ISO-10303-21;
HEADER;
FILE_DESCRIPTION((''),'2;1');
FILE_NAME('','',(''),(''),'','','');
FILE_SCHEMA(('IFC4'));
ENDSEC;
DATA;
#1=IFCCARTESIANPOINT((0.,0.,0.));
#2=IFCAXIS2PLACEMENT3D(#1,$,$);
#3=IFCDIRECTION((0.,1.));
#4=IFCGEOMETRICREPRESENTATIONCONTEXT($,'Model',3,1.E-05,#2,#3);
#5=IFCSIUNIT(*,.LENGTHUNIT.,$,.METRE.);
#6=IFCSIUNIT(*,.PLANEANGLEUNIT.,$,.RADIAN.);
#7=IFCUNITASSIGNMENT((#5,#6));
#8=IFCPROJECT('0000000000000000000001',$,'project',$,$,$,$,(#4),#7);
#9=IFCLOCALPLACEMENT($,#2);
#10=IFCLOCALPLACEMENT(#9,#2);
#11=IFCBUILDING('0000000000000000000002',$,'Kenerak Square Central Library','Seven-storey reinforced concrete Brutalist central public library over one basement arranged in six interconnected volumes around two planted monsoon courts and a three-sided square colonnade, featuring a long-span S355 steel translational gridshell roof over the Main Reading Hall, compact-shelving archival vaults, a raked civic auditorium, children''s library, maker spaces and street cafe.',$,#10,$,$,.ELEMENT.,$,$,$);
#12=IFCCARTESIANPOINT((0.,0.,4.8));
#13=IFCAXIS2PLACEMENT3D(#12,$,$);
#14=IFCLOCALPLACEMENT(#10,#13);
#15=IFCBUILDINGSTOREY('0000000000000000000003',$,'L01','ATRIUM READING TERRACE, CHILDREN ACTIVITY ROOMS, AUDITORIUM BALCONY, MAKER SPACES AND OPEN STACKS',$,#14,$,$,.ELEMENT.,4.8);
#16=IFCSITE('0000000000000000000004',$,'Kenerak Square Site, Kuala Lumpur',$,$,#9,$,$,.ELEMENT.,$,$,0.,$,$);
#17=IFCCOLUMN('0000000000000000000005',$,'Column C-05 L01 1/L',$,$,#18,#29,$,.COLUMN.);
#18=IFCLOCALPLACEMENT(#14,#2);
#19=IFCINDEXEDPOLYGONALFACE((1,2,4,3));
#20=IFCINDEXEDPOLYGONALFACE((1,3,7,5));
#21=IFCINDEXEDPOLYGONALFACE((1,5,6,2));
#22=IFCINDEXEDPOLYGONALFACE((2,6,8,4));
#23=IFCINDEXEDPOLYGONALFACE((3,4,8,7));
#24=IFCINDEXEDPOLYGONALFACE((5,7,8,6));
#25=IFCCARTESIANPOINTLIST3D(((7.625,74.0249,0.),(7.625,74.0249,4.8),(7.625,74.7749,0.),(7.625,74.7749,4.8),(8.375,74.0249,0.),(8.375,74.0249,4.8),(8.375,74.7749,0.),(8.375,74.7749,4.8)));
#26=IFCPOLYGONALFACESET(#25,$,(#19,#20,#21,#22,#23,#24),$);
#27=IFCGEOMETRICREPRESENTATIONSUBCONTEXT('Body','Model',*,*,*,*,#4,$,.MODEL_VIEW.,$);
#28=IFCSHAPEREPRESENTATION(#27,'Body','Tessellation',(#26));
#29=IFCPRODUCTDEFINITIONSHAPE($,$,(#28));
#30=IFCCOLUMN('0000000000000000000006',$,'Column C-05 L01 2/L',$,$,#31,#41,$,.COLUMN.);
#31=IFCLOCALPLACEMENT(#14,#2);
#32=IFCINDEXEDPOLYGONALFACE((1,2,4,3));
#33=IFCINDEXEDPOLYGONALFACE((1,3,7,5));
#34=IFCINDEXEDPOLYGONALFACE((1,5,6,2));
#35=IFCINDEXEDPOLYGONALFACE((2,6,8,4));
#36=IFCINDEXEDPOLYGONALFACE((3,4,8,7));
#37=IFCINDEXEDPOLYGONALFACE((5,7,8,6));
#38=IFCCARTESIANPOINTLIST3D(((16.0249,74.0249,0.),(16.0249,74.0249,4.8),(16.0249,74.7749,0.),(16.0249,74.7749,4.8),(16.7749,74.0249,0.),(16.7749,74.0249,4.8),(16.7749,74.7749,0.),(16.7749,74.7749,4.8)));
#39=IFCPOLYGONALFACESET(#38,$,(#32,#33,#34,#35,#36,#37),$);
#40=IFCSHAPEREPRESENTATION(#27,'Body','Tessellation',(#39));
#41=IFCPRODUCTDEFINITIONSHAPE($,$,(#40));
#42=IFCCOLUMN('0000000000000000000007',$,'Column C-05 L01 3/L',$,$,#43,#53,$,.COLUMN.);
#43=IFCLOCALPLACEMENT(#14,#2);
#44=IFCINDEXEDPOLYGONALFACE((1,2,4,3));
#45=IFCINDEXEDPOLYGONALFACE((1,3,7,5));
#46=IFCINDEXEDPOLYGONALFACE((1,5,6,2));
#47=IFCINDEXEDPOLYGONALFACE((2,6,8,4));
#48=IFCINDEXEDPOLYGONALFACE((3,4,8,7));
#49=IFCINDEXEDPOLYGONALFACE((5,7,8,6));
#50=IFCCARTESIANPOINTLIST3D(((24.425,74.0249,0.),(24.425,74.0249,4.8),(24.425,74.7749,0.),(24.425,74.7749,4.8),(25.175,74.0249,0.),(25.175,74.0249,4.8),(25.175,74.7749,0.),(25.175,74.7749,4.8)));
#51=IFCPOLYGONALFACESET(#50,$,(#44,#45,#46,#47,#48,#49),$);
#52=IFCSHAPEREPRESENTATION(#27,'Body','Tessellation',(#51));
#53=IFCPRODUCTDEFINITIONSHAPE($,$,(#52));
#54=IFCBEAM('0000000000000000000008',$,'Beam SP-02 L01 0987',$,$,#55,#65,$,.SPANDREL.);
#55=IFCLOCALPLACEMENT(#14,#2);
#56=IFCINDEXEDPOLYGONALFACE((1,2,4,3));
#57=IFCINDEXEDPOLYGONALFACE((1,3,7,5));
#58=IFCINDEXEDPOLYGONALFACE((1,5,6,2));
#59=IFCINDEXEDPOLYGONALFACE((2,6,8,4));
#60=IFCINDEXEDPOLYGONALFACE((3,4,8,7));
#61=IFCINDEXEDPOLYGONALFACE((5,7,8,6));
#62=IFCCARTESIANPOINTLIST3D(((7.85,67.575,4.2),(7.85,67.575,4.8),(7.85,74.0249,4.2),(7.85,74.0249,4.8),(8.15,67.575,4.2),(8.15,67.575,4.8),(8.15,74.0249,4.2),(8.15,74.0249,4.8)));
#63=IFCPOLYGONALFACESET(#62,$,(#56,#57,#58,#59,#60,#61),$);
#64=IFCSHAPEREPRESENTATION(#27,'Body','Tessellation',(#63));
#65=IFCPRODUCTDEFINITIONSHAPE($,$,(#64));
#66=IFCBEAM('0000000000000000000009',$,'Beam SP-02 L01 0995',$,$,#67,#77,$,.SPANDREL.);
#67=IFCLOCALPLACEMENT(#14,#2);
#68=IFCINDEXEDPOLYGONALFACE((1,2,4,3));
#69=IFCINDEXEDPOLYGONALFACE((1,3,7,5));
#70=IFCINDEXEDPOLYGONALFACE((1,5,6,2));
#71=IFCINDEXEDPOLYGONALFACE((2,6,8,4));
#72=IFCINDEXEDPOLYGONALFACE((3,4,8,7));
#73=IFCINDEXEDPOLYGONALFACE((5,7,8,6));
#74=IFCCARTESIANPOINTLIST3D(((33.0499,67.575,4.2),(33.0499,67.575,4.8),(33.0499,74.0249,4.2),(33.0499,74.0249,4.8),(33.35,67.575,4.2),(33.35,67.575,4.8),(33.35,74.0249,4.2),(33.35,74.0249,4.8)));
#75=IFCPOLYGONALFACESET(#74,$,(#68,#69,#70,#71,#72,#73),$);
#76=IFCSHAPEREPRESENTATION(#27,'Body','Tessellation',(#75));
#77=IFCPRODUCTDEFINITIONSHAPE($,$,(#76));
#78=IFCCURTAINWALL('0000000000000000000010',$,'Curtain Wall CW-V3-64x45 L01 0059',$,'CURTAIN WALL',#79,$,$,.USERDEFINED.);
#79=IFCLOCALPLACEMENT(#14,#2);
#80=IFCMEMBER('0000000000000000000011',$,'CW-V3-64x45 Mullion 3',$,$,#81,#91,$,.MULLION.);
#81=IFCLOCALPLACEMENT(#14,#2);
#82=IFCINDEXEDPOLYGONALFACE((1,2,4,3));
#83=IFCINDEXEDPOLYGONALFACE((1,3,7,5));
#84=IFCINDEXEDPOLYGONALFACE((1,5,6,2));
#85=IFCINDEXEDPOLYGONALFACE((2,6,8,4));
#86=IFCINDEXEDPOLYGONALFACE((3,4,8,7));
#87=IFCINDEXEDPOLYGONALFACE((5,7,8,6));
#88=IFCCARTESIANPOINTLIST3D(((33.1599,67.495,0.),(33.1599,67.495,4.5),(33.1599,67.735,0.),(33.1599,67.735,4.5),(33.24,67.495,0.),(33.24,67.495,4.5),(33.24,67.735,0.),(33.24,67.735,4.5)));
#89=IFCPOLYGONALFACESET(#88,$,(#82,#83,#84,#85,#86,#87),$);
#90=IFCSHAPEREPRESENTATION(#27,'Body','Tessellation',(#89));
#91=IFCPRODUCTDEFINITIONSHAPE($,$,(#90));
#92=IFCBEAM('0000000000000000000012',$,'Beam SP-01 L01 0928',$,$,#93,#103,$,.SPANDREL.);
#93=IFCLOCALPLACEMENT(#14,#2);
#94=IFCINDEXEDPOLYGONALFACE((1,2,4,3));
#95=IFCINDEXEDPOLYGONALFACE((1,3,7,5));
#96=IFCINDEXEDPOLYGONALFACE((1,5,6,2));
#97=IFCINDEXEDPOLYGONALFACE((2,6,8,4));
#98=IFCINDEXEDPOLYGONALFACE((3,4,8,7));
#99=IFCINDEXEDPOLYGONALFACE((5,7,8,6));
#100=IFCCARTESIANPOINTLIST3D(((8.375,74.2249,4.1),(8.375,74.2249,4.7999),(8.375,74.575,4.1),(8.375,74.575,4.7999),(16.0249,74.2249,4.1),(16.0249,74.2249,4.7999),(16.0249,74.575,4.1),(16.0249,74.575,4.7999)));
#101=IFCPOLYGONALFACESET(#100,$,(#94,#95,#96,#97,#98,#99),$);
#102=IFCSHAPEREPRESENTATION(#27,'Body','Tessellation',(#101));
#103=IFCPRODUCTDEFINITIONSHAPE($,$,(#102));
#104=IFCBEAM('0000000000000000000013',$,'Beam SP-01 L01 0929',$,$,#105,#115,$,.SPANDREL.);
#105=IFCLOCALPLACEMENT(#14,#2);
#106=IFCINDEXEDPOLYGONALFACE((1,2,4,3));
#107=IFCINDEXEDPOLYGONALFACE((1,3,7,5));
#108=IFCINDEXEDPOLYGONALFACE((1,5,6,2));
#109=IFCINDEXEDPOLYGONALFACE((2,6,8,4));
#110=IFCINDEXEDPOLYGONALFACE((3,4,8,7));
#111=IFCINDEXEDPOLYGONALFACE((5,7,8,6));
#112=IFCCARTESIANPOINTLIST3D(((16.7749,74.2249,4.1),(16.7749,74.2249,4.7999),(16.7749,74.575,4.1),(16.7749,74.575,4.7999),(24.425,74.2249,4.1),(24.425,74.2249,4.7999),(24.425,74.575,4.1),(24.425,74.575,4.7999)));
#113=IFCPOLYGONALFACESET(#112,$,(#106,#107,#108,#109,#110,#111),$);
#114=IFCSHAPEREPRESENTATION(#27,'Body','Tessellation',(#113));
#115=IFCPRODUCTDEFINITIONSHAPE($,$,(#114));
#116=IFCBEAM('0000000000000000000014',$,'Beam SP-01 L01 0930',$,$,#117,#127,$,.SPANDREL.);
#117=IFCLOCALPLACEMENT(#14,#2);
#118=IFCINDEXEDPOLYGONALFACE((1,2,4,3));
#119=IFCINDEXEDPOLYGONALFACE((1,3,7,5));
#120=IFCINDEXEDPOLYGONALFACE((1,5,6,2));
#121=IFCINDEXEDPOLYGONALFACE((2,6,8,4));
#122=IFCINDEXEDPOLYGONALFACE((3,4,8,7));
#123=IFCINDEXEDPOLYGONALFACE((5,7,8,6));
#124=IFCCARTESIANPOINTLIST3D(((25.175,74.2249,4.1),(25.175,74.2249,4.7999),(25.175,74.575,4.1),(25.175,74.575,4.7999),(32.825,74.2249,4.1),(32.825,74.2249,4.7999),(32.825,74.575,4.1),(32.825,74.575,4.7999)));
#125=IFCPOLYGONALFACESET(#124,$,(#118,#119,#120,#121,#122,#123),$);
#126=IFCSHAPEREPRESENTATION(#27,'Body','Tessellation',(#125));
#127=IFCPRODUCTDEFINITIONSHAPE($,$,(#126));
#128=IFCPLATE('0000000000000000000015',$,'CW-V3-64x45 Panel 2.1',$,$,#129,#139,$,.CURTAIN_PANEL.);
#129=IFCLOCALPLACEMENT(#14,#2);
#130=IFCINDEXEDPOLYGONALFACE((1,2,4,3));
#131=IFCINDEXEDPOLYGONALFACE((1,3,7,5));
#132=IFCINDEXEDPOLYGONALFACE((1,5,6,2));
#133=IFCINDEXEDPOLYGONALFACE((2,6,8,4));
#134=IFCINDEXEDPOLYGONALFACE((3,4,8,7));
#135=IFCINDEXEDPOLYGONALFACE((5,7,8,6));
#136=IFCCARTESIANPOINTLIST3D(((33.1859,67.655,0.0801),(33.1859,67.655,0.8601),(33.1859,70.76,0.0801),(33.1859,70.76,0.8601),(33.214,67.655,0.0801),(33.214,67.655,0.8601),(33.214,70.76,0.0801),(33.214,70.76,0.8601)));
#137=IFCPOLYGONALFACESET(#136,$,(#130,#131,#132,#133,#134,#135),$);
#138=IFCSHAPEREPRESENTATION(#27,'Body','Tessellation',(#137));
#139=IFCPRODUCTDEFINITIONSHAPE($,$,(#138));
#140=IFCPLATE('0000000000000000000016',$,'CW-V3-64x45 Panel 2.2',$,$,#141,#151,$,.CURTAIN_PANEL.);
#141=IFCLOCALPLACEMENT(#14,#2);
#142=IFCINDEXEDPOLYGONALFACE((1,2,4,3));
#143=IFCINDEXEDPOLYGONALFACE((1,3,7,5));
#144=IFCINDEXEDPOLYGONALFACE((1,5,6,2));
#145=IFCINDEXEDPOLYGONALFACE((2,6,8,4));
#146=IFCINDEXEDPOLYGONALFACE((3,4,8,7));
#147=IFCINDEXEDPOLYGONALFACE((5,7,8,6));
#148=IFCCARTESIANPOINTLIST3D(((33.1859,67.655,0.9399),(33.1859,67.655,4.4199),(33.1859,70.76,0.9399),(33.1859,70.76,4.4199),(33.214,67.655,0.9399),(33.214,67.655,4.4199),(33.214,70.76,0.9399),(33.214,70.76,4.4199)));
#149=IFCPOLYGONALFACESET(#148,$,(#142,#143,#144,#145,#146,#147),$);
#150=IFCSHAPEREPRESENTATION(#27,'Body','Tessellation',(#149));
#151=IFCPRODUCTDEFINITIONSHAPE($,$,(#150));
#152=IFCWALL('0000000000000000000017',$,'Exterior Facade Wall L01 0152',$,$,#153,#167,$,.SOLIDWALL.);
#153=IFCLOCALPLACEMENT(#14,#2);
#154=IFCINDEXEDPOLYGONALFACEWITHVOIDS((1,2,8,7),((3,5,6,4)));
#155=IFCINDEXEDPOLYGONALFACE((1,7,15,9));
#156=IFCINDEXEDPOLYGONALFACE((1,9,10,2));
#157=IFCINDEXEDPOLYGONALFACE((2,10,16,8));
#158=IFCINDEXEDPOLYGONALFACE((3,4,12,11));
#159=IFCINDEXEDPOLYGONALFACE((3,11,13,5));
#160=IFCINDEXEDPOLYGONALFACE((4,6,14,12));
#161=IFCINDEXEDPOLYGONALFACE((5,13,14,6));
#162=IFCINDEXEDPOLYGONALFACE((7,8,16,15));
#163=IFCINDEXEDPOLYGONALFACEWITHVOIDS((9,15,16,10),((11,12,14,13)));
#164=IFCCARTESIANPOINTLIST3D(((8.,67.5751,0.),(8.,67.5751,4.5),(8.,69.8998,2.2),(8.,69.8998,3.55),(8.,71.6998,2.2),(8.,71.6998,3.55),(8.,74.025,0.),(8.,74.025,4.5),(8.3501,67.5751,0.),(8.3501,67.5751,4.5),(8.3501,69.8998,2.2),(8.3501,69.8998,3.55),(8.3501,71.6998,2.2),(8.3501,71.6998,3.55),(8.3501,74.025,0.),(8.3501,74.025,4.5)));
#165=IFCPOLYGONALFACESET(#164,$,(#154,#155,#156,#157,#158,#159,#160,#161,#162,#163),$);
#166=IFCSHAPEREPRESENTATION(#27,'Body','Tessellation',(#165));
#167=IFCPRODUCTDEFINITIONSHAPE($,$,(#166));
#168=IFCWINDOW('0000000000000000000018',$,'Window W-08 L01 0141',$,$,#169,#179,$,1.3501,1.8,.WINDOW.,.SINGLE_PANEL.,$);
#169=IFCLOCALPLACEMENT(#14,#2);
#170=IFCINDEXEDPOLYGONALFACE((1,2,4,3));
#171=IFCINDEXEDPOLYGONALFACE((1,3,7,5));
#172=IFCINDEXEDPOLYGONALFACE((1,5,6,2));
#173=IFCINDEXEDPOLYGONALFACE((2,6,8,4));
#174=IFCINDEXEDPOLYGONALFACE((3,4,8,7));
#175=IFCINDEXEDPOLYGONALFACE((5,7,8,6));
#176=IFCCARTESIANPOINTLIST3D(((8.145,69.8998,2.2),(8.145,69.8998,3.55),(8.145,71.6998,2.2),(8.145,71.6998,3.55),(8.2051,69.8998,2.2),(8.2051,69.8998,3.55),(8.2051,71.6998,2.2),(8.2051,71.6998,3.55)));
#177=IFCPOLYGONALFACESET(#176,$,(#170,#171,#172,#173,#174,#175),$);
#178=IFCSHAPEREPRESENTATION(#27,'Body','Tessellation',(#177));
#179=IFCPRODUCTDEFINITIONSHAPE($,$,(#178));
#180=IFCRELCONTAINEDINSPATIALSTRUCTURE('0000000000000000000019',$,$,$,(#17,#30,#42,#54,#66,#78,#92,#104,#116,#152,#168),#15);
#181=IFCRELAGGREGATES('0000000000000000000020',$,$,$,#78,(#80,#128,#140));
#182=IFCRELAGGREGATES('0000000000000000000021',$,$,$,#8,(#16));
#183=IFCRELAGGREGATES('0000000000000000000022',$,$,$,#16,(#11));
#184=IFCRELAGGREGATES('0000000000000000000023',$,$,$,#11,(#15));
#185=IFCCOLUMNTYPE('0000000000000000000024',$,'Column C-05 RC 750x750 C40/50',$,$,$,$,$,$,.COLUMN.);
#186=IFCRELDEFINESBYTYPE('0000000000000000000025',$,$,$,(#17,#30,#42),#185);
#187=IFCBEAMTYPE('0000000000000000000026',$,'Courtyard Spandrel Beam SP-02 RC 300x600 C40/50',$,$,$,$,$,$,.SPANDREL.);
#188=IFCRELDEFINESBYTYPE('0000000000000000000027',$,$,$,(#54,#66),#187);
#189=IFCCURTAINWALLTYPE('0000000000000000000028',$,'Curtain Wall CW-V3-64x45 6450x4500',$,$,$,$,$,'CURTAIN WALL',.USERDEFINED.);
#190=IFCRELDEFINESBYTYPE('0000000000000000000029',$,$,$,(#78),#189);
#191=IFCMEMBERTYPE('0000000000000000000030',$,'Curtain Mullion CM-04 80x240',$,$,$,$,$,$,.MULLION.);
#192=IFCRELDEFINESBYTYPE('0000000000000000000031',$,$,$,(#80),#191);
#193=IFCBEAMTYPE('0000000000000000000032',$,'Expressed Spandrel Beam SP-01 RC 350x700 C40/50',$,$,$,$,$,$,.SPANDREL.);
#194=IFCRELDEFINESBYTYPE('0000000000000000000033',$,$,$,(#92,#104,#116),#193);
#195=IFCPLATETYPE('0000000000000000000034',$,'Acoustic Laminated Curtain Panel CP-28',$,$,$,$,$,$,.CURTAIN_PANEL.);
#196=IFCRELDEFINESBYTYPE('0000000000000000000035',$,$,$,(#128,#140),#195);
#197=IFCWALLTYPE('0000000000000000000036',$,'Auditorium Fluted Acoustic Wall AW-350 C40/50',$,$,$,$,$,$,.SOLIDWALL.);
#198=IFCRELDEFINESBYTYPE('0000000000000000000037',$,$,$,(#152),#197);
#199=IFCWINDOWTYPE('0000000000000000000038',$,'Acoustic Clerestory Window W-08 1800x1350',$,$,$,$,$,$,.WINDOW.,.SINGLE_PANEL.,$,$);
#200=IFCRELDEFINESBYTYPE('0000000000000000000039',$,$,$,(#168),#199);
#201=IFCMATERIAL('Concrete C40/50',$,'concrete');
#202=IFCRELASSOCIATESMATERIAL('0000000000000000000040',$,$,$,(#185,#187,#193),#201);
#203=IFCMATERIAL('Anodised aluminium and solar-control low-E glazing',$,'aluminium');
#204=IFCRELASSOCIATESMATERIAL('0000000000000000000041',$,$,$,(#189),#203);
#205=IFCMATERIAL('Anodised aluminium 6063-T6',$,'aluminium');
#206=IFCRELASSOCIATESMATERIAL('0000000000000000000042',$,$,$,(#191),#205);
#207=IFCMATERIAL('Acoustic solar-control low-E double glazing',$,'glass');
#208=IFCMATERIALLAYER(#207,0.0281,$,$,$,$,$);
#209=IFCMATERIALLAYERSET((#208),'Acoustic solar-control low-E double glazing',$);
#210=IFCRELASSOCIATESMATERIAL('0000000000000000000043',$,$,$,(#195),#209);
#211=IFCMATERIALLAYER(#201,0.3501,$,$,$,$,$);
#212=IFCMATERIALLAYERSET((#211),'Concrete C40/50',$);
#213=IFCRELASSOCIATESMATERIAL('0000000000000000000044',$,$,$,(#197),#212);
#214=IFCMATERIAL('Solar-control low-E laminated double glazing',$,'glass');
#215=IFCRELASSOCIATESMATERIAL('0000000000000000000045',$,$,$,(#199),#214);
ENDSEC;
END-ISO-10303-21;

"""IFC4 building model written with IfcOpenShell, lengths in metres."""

from ifc_helpers import new_model, si_unit, direction, frame, frame_2d, origin, origin_2d, place, context, subcontext, project, spatial, rectangle, extrude, material, layer, layer_set, material_profile, profile_set, type_object, element, fill, aggregate, save


model = new_model("IFC4")

# Units and contexts
model_context = context("Model", 3, precision=1e-05, world=origin(), true_north=direction((0.0, 1.0)))
body_context = subcontext(model_context, "Body", "Model", "MODEL_VIEW")
ifc_project = project(units=[si_unit("LENGTHUNIT", "METRE"), si_unit("PLANEANGLEUNIT", "RADIAN")], contexts=[model_context])

# Site, building, storey
site_placement = place(None, origin())
site = spatial("IfcSite", under=ifc_project, at=site_placement, Name="Kenerak Square Site, Kuala Lumpur", CompositionType="ELEMENT", RefElevation=0.0)
building_placement = place(site_placement, origin())
building = spatial("IfcBuilding", under=site, at=building_placement, Name="Kenerak Square Central Library", Description="Seven-storey reinforced concrete Brutalist central public library over one basement arranged in six interconnected volumes around two planted monsoon courts and a three-sided square colonnade, featuring a long-span S355 steel translational gridshell roof over the Main Reading Hall, compact-shelving archival vaults, a raked civic auditorium, children's library, maker spaces and street cafe.", CompositionType="ELEMENT")
storey_placement = place(building_placement, frame((0.0, 0.0, 4.8)))
storey = spatial("IfcBuildingStorey", under=building, at=storey_placement, Name="L01", Description="ATRIUM READING TERRACE, CHILDREN ACTIVITY ROOMS, AUDITORIUM BALCONY, MAKER SPACES AND OPEN STACKS", CompositionType="ELEMENT", Elevation=4.8)

# Columns
ifc_material_1 = material(Name="Concrete C40/50", Category="concrete")
ifc_material_profile_1 = material_profile(ifc_material_1, rectangle(XDim=0.75, YDim=0.75, at=origin_2d()), Name="RC 750x750")
ifc_profile_set_1 = profile_set([ifc_material_profile_1], Name="Concrete C40/50")
column_type = type_object("IfcColumnType", Name="Column C-05 RC 750x750 C40/50", PredefinedType="COLUMN", material=ifc_profile_set_1)
for number, where, z_axis, x_axis, name in (
    (1, (8.0, 74.3999, 0.0), (0.0, 0.0, 1.0), (1.0, 0.0, 0.0), "Column C-05 L01 1/L"),
    (2, (16.3999, 74.3999, 0.0), (0.0, 0.0, 1.0), (1.0, 0.0, 0.0), "Column C-05 L01 2/L"),
    (3, (24.8, 74.3999, 0.0), (0.0, 0.0, 1.0), (1.0, 0.0, 0.0), "Column C-05 L01 3/L"),
):
    element("IfcColumn", number, at=place(storey_placement, frame(where, z_axis=z_axis, x_axis=x_axis)), inside=storey, type_object=column_type, Name=name, PredefinedType="COLUMN", context=body_context, shape_type="SweptSolid", body=[
        extrude(rectangle(XDim=0.75, YDim=0.75, at=origin_2d()), origin(), (0.0, 0.0, 1.0), 4.8),
    ])

# Beams
ifc_material_profile_2 = material_profile(ifc_material_1, rectangle(XDim=0.3, YDim=0.6001, at=origin_2d()), Name="RC 300x600")
ifc_profile_set_2 = profile_set([ifc_material_profile_2], Name="Concrete C40/50")
beam_type_1 = type_object("IfcBeamType", Name="Courtyard Spandrel Beam SP-02 RC 300x600 C40/50", PredefinedType="SPANDREL", material=ifc_profile_set_2)
for number, where, z_axis, x_axis, name in (
    (4, (8.0, 67.575, 4.5), (0.0, 1.0, 0.0), (-1.0, 0.0, 0.0), "Beam SP-02 L01 0987"),
    (5, (33.2, 67.575, 4.5), (0.0, 1.0, 0.0), (-1.0, 0.0, 0.0), "Beam SP-02 L01 0995"),
):
    element("IfcBeam", number, at=place(storey_placement, frame(where, z_axis=z_axis, x_axis=x_axis)), inside=storey, type_object=beam_type_1, Name=name, PredefinedType="SPANDREL", context=body_context, shape_type="SweptSolid", body=[
        extrude(rectangle(XDim=0.3, YDim=0.6001, at=origin_2d()), origin(), (0.0, 0.0, 1.0), 6.45),
    ])

# Curtain wall, member
ifc_material_2 = material(Name="Anodised aluminium and solar-control low-E glazing", Category="aluminium")
curtain_wall_type = type_object("IfcCurtainWallType", Name="Curtain Wall CW-V3-64x45 6450x4500", ElementType="CURTAIN WALL", PredefinedType="USERDEFINED", material=ifc_material_2)
curtain_wall_placement = place(storey_placement, origin())
curtain_wall = element("IfcCurtainWall", 6, at=curtain_wall_placement, inside=storey, type_object=curtain_wall_type, Name="Curtain Wall CW-V3-64x45 L01 0059", ObjectType="CURTAIN WALL", PredefinedType="USERDEFINED")
ifc_material_3 = material(Name="Anodised aluminium 6063-T6", Category="aluminium")
ifc_material_profile_3 = material_profile(ifc_material_3, rectangle(XDim=0.0801, YDim=0.24, at=origin_2d()), Name="AL MULLION 80x240")
ifc_profile_set_3 = profile_set([ifc_material_profile_3], Name="Anodised aluminium 6063-T6")
member_type = type_object("IfcMemberType", Name="Curtain Mullion CM-04 80x240", PredefinedType="MULLION", material=ifc_profile_set_3)
member_placement = place(storey_placement, frame((33.2, 67.615, 0.0), z_axis=(0.0, 0.0, 1.0), x_axis=(1.0, 0.0, 0.0)))
member = element("IfcMember", 7, at=member_placement, type_object=member_type, Name="CW-V3-64x45 Mullion 3", PredefinedType="MULLION", context=body_context, shape_type="SweptSolid", body=[
    extrude(rectangle(XDim=0.0801, YDim=0.24, at=origin_2d()), origin(), (0.0, 0.0, 1.0), 4.5),
])

# Beams
ifc_material_profile_4 = material_profile(ifc_material_1, rectangle(XDim=0.3501, YDim=0.7, at=origin_2d()), Name="RC 350x700")
ifc_profile_set_4 = profile_set([ifc_material_profile_4], Name="Concrete C40/50")
beam_type_2 = type_object("IfcBeamType", Name="Expressed Spandrel Beam SP-01 RC 350x700 C40/50", PredefinedType="SPANDREL", material=ifc_profile_set_4)
beam_1_placement = place(storey_placement, frame((8.375, 74.3999, 4.45), z_axis=(1.0, 0.0, 0.0), x_axis=(0.0, 1.0, 0.0)))
element("IfcBeam", 8, at=beam_1_placement, inside=storey, type_object=beam_type_2, Name="Beam SP-01 L01 0928", PredefinedType="SPANDREL", context=body_context, shape_type="SweptSolid", body=[
    extrude(rectangle(XDim=0.3501, YDim=0.7, at=origin_2d()), origin(), (0.0, 0.0, 1.0), 7.6499),
])
beam_2_placement = place(storey_placement, frame((16.7749, 74.3999, 4.45), z_axis=(1.0, 0.0, 0.0), x_axis=(0.0, 1.0, 0.0)))
element("IfcBeam", 9, at=beam_2_placement, inside=storey, type_object=beam_type_2, Name="Beam SP-01 L01 0929", PredefinedType="SPANDREL", context=body_context, shape_type="SweptSolid", body=[
    extrude(rectangle(XDim=0.3501, YDim=0.7, at=origin_2d()), origin(), (0.0, 0.0, 1.0), 7.6501),
])
beam_3_placement = place(storey_placement, frame((25.175, 74.3999, 4.45), z_axis=(1.0, 0.0, 0.0), x_axis=(0.0, 1.0, 0.0)))
element("IfcBeam", 10, at=beam_3_placement, inside=storey, type_object=beam_type_2, Name="Beam SP-01 L01 0930", PredefinedType="SPANDREL", context=body_context, shape_type="SweptSolid", body=[
    extrude(rectangle(XDim=0.3501, YDim=0.7, at=origin_2d()), origin(), (0.0, 0.0, 1.0), 7.6499),
])

# Plates
ifc_material_4 = material(Name="Acoustic solar-control low-E double glazing", Category="glass")
ifc_layer_1 = layer(ifc_material_4, 0.0281)
ifc_layer_set_1 = layer_set([ifc_layer_1], Name="Acoustic solar-control low-E double glazing")
plate_type = type_object("IfcPlateType", Name="Acoustic Laminated Curtain Panel CP-28", PredefinedType="CURTAIN_PANEL", material=ifc_layer_set_1)
plate_1_placement = place(storey_placement, frame((33.2, 69.2075, 0.0801), z_axis=(0.0, 0.0, 1.0), x_axis=(0.0, -1.0, 0.0)))
plate_1 = element("IfcPlate", 11, at=plate_1_placement, type_object=plate_type, Name="CW-V3-64x45 Panel 2.1", PredefinedType="CURTAIN_PANEL", context=body_context, shape_type="SweptSolid", body=[
    extrude(rectangle(XDim=3.105, YDim=0.0281, at=origin_2d()), origin(), (0.0, 0.0, 1.0), 0.78),
])
plate_2_placement = place(storey_placement, frame((33.2, 69.2075, 0.9399), z_axis=(0.0, 0.0, 1.0), x_axis=(0.0, -1.0, 0.0)))
plate_2 = element("IfcPlate", 12, at=plate_2_placement, type_object=plate_type, Name="CW-V3-64x45 Panel 2.2", PredefinedType="CURTAIN_PANEL", context=body_context, shape_type="SweptSolid", body=[
    extrude(rectangle(XDim=3.105, YDim=0.0281, at=origin_2d()), origin(), (0.0, 0.0, 1.0), 3.48),
])
aggregate(curtain_wall, [member, plate_1, plate_2])

# Wall, opening, window
ifc_layer_2 = layer(ifc_material_1, 0.3501)
ifc_layer_set_2 = layer_set([ifc_layer_2], Name="Concrete C40/50")
wall_type = type_object("IfcWallType", Name="Auditorium Fluted Acoustic Wall AW-350 C40/50", PredefinedType="SOLIDWALL", material=ifc_layer_set_2)
wall_1_placement = place(storey_placement, frame((8.175, 67.575, 0.0), z_axis=(0.0, 0.0, 1.0), x_axis=(0.0, 1.0, 0.0)))
wall_1 = element("IfcWall", 13, at=wall_1_placement, inside=storey, type_object=wall_type, Name="Exterior Facade Wall L01 0152", PredefinedType="SOLIDWALL", context=body_context, shape_type="SweptSolid", body=[
    extrude(rectangle(XDim=6.45, YDim=0.3501, at=frame_2d((3.2251, 0.0))), origin(), (0.0, 0.0, 1.0), 4.5),
])
opening_1_placement = place(wall_1_placement, frame((2.325, 0.0, 2.2)))
opening_1 = element("IfcOpeningElement", 14, at=opening_1_placement, cuts=wall_1, PredefinedType="OPENING", context=body_context, shape_type="SweptSolid", body=[
    extrude(rectangle(XDim=1.8, YDim=1.3501, at=frame_2d((0.8999, 0.675))), frame((0.0, 0.1851, 0.0), z_axis=(0.0, -1.0, 0.0), x_axis=(1.0, 0.0, 0.0)), (0.0, 0.0, 1.0), 0.3701),
])
ifc_material_5 = material(Name="Solar-control low-E laminated double glazing", Category="glass")
window_type = type_object("IfcWindowType", Name="Acoustic Clerestory Window W-08 1800x1350", PartitioningType="SINGLE_PANEL", PredefinedType="WINDOW", material=ifc_material_5)
window_1_placement = place(opening_1_placement, origin())
window_1 = element("IfcWindow", 15, at=window_1_placement, inside=storey, type_object=window_type, Name="Window W-08 L01 0141", OverallHeight=1.3501, OverallWidth=1.8, PartitioningType="SINGLE_PANEL", PredefinedType="WINDOW", context=body_context, shape_type="SweptSolid", body=[
    extrude(rectangle(XDim=1.8, YDim=1.3501, at=frame_2d((0.8999, 0.675))), frame((0.0, 0.03, 0.0), z_axis=(0.0, -1.0, 0.0), x_axis=(1.0, 0.0, 0.0)), (0.0, 0.0, 1.0), 0.0601),
])
fill(opening_1, window_1)

save(model, "model.ifc")
